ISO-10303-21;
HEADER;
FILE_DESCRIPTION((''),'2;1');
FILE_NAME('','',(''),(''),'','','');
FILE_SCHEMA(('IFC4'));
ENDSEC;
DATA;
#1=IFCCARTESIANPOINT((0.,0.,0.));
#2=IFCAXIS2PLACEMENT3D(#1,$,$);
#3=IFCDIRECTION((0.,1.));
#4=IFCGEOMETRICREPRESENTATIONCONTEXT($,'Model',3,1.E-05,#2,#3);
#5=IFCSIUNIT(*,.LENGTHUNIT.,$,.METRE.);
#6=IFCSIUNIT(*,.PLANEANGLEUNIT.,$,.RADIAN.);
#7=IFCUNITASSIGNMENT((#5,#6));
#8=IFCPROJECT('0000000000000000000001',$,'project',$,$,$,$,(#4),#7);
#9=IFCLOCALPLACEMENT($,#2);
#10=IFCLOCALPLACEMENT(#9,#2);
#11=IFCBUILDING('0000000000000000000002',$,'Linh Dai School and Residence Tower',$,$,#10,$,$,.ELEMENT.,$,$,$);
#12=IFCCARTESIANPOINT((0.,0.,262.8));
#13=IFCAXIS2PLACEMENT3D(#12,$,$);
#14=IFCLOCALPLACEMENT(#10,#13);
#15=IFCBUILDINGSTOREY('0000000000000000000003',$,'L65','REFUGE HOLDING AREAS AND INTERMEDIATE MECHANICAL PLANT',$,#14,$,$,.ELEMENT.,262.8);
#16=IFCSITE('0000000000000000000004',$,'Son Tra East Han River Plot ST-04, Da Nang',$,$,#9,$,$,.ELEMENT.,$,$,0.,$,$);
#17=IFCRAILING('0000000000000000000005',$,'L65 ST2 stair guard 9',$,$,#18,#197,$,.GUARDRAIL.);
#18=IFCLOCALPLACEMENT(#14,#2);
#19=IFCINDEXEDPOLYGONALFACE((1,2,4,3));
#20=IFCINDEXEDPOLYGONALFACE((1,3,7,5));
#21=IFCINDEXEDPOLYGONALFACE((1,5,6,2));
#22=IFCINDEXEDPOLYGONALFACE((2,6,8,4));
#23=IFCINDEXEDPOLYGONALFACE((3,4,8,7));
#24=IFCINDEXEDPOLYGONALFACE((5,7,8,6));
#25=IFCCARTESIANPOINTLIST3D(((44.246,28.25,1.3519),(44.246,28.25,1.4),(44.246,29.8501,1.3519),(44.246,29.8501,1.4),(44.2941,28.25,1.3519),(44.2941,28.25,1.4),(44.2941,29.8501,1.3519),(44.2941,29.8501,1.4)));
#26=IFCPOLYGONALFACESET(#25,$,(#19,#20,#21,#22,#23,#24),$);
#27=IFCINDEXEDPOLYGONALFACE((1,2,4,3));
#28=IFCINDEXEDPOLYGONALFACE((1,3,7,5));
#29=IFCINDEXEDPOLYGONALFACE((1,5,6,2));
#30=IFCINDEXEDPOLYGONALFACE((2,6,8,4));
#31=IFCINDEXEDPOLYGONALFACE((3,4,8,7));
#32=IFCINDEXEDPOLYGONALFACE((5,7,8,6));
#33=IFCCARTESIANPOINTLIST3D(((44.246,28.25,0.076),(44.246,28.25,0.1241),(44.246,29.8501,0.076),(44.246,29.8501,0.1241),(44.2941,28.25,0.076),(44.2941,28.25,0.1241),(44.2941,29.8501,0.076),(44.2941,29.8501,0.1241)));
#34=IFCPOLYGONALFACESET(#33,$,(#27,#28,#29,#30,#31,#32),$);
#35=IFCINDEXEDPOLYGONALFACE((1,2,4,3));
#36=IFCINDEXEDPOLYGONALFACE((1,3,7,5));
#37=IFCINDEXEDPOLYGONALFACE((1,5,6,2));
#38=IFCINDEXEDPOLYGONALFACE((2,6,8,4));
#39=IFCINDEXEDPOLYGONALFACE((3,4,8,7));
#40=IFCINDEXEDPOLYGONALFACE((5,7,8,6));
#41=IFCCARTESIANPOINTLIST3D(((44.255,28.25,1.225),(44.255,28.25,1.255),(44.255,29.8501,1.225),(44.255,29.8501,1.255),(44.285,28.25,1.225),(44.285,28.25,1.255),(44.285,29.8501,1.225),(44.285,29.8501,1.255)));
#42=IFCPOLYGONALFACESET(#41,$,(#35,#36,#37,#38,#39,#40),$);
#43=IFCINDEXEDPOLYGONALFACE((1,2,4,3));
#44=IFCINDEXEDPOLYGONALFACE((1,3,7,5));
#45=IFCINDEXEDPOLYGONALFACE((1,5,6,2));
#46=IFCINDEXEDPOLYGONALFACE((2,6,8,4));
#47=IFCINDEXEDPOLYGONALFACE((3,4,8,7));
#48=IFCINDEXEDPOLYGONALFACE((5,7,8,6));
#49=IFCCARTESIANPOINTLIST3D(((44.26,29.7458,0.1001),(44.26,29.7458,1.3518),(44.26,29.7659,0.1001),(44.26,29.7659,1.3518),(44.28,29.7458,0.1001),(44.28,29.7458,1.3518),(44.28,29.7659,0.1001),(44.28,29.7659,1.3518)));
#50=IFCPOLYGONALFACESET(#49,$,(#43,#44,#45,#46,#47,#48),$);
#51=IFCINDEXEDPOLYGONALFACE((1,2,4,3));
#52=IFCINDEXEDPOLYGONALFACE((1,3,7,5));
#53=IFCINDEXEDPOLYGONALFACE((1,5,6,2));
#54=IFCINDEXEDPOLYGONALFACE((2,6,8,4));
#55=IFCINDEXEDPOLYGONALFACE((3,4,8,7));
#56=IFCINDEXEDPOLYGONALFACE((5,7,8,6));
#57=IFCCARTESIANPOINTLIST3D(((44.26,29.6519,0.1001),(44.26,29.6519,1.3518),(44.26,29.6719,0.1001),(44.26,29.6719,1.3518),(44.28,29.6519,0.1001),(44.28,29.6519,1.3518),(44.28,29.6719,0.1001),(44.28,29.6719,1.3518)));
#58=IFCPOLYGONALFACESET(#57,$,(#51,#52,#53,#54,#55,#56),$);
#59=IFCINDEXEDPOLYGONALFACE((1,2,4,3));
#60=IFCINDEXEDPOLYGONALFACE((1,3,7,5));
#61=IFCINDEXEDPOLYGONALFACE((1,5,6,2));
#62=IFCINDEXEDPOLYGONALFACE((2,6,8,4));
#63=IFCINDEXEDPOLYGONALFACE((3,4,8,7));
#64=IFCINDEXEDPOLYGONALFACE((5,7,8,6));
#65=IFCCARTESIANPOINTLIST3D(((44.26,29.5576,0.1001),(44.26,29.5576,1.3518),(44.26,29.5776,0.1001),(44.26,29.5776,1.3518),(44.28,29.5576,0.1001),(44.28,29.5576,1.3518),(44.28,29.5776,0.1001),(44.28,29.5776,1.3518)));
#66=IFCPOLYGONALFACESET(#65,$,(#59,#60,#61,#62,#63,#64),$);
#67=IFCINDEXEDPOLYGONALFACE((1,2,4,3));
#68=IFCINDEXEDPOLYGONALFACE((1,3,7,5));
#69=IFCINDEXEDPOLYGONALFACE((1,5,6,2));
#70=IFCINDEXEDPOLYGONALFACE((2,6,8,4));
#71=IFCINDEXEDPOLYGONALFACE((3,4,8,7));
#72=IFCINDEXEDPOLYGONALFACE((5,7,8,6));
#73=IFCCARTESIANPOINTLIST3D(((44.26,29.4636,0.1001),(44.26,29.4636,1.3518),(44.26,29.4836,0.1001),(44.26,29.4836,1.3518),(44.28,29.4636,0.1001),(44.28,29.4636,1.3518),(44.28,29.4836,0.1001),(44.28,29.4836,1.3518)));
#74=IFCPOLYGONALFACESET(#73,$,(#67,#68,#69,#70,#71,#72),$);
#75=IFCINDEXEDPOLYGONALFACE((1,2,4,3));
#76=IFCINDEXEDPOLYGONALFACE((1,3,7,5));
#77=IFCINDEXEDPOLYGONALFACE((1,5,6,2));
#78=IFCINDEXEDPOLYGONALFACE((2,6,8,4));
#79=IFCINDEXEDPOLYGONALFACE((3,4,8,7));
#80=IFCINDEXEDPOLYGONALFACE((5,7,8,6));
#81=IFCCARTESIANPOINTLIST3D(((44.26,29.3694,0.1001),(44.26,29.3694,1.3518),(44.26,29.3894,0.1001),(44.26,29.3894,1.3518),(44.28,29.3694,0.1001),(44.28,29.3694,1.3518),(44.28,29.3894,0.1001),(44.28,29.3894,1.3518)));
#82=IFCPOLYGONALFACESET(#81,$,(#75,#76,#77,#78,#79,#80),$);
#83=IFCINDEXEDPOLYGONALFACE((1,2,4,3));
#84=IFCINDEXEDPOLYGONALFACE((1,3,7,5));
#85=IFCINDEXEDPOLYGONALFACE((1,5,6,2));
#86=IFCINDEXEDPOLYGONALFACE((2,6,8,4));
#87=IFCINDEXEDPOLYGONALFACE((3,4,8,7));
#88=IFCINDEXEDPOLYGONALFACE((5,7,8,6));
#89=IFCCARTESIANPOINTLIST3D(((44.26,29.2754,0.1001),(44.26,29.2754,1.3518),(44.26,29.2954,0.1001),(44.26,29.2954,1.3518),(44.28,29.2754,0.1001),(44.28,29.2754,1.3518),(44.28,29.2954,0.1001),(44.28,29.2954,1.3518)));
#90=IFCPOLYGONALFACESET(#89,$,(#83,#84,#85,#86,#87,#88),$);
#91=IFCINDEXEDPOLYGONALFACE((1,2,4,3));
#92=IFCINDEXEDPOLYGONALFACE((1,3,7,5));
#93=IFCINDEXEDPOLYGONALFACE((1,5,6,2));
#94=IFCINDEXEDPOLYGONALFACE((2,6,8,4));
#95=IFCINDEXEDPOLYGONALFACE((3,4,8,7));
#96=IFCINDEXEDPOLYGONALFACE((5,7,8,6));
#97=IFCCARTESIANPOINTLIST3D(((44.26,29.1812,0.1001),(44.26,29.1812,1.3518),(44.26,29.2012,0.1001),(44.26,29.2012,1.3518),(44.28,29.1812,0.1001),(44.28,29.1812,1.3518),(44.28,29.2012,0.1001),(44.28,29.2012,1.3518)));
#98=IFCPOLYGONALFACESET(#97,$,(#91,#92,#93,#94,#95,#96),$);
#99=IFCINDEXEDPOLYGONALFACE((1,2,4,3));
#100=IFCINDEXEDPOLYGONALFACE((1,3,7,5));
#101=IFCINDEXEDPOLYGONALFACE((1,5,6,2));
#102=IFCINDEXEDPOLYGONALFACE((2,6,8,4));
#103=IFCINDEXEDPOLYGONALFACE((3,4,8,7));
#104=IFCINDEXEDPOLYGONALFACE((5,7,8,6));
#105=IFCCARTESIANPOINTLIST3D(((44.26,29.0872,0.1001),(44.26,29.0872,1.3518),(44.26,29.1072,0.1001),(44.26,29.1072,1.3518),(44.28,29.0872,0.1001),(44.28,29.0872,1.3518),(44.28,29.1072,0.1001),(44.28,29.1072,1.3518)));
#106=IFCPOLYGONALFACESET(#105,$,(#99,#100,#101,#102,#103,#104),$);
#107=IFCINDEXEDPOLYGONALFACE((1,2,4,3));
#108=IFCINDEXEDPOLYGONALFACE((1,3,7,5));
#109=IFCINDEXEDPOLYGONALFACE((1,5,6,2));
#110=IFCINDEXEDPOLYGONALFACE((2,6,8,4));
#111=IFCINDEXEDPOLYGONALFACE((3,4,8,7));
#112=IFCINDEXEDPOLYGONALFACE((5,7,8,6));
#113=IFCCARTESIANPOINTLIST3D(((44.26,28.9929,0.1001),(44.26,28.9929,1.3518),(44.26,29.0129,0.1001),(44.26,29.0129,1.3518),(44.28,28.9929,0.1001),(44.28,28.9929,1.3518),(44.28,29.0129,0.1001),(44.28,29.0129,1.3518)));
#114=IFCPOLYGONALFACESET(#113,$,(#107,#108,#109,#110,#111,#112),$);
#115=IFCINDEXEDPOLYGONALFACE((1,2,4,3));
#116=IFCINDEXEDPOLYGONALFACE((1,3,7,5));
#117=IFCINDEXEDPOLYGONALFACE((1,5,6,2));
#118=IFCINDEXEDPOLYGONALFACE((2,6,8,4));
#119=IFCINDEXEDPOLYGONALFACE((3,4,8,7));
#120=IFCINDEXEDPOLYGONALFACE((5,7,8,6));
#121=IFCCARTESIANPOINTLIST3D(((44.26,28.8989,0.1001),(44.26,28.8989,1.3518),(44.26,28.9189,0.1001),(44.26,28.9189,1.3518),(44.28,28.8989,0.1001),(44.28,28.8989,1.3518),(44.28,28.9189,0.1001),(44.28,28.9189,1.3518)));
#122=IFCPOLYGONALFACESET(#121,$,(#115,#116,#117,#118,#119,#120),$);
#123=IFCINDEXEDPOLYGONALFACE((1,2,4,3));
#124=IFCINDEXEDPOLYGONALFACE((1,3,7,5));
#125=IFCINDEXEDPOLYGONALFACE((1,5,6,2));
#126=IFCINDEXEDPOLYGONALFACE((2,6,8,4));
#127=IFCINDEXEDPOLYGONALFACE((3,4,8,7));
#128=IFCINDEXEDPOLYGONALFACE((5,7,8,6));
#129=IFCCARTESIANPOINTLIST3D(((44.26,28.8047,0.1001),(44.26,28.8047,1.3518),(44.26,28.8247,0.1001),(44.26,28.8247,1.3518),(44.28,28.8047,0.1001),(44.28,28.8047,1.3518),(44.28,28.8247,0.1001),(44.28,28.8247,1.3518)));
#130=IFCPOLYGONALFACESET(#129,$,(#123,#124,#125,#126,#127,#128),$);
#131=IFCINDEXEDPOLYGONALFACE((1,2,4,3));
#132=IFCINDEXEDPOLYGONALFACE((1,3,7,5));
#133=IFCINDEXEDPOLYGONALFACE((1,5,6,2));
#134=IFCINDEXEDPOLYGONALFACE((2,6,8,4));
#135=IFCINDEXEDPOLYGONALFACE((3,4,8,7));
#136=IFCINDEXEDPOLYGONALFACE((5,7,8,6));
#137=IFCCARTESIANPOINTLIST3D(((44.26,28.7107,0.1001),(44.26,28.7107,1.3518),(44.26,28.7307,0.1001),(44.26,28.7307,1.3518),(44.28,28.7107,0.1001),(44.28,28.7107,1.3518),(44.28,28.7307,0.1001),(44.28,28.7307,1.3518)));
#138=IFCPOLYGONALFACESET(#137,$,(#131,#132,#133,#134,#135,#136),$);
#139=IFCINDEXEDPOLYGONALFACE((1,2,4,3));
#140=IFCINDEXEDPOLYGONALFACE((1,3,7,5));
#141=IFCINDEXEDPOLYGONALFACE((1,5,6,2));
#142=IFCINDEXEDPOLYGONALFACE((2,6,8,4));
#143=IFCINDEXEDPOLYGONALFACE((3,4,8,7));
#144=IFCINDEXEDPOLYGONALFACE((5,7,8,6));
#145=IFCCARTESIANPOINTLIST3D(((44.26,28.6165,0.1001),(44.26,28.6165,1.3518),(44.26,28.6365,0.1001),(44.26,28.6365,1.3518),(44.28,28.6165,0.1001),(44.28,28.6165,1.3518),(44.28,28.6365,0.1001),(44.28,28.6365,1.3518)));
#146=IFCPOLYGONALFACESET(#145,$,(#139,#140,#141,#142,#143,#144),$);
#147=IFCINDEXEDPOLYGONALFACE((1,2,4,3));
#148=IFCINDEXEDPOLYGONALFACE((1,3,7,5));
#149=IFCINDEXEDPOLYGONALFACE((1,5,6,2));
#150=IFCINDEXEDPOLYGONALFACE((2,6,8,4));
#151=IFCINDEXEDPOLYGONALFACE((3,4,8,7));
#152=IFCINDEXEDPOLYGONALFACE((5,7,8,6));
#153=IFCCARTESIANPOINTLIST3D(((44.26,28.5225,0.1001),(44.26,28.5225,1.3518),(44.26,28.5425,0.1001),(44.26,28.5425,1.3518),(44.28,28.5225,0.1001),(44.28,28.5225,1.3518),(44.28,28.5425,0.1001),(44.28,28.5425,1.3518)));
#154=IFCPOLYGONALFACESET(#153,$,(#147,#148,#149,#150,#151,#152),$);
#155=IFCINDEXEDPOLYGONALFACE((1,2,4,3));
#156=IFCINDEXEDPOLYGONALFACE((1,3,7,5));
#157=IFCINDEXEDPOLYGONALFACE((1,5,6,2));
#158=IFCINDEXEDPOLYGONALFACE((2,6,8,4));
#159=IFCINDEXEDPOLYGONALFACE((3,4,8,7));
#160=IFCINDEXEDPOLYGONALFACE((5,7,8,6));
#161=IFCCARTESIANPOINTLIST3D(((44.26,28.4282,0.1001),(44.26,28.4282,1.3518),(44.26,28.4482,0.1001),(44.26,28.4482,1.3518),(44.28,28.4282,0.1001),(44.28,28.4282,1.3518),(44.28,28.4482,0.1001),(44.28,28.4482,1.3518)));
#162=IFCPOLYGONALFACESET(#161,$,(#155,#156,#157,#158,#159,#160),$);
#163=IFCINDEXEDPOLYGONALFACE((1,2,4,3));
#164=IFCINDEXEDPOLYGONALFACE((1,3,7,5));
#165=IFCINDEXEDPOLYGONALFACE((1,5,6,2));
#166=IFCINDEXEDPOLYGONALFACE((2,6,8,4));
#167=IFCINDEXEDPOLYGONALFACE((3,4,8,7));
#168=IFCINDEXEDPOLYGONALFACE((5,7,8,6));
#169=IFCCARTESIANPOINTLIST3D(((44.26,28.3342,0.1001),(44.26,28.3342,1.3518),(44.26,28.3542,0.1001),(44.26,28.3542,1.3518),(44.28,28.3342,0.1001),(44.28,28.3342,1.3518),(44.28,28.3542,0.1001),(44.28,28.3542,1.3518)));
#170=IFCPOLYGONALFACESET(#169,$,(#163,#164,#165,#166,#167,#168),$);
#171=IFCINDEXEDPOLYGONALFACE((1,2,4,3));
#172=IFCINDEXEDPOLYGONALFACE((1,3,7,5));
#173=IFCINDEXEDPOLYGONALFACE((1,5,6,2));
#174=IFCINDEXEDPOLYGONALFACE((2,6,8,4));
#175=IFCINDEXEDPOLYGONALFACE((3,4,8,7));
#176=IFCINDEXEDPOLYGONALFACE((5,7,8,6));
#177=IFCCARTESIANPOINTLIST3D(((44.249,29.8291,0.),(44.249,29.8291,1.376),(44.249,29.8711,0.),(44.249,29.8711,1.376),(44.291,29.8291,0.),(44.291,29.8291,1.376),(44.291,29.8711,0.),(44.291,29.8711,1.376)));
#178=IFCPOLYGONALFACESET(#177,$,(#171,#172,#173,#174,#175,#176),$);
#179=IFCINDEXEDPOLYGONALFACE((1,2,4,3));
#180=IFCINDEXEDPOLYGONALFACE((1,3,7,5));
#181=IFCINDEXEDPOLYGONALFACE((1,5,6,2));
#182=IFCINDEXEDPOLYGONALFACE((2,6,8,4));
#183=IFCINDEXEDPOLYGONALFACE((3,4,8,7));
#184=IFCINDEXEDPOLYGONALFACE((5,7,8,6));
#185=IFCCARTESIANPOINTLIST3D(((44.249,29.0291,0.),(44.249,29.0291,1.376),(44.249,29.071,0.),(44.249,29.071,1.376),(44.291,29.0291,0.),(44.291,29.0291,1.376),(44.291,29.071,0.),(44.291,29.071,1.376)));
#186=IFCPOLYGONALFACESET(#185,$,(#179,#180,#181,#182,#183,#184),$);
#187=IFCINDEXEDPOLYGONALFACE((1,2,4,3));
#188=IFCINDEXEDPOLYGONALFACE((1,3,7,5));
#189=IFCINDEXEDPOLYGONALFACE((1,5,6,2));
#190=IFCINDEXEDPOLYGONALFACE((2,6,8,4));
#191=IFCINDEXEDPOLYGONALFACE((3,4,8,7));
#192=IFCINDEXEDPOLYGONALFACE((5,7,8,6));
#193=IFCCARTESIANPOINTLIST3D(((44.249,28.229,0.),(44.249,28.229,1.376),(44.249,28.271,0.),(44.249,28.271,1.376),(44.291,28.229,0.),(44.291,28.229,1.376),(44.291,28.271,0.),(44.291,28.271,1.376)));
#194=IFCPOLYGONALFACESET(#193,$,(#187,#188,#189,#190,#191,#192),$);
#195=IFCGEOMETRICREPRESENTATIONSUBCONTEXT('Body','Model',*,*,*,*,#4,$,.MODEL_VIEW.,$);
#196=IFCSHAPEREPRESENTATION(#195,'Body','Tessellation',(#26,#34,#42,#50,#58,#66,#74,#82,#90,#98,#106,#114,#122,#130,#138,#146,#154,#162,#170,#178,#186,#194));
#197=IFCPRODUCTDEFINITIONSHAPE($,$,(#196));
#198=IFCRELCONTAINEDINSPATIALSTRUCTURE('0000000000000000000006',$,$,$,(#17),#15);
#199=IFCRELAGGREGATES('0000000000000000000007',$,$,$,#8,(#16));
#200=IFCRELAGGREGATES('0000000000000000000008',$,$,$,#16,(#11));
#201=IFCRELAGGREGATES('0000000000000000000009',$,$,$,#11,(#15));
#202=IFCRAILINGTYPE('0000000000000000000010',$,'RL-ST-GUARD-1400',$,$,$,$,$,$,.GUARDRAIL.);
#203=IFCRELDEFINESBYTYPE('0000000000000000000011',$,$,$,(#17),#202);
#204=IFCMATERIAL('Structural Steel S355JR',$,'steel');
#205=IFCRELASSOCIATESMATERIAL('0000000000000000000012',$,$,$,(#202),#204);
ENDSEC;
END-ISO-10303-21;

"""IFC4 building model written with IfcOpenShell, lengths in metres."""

from ifc_helpers import new_model, si_unit, direction, frame, origin, origin_2d, place, context, subcontext, project, spatial, rectangle, extrude, source, transform, mapped, material, type_object, element, save


model = new_model("IFC4")

# Units and contexts
model_context = context("Model", 3, precision=1e-05, world=origin(), true_north=direction((0.0, 1.0)))
body_context = subcontext(model_context, "Body", "Model", "MODEL_VIEW")
ifc_project = project(units=[si_unit("LENGTHUNIT", "METRE"), si_unit("PLANEANGLEUNIT", "RADIAN")], contexts=[model_context])

# Site, building, storey
site_placement = place(None, origin())
site = spatial("IfcSite", under=ifc_project, at=site_placement, Name="Son Tra East Han River Plot ST-04, Da Nang", CompositionType="ELEMENT", RefElevation=0.0)
building_placement = place(site_placement, origin())
building = spatial("IfcBuilding", under=site, at=building_placement, Name="Linh Dai School and Residence Tower", CompositionType="ELEMENT")
storey_placement = place(building_placement, frame((0.0, 0.0, 262.8)))
storey = spatial("IfcBuildingStorey", under=building, at=storey_placement, Name="L65", Description="REFUGE HOLDING AREAS AND INTERMEDIATE MECHANICAL PLANT", CompositionType="ELEMENT", Elevation=262.8)

# Shared definitions
ifc_material_1 = material(Name="Structural Steel S355JR", Category="steel")

# Railing
railing_type_1 = type_object("IfcRailingType", Name="RL-ST-GUARD-1400", PredefinedType="GUARDRAIL", material=ifc_material_1)
shared_shape_1 = source(origin(), body_context, "Body", "SweptSolid", [
    extrude(rectangle(XDim=0.0481, YDim=0.0481, at=origin_2d()), frame((0.0, 0.0, 1.376), z_axis=(0.0, -1.0, 0.0), x_axis=(1.0, 0.0, 0.0)), (0.0, 0.0, 1.0), 1.6001),
    extrude(rectangle(XDim=0.0481, YDim=0.0481, at=origin_2d()), frame((0.0, 0.0, 0.1001), z_axis=(0.0, -1.0, 0.0), x_axis=(1.0, 0.0, 0.0)), (0.0, 0.0, 1.0), 1.6001),
    extrude(rectangle(XDim=0.03, YDim=0.03, at=origin_2d()), frame((0.0, 0.0, 1.24), z_axis=(0.0, -1.0, 0.0), x_axis=(1.0, 0.0, 0.0)), (0.0, 0.0, 1.0), 1.6001),
    extrude(rectangle(XDim=0.02, YDim=0.02, at=origin_2d()), frame((0.0, -0.0942, 0.1001)), (0.0, 0.0, 1.0), 1.2517),
    extrude(rectangle(XDim=0.02, YDim=0.02, at=origin_2d()), frame((0.0, -0.1882, 0.1001)), (0.0, 0.0, 1.0), 1.2517),
    extrude(rectangle(XDim=0.02, YDim=0.02, at=origin_2d()), frame((0.0, -0.2825, 0.1001)), (0.0, 0.0, 1.0), 1.2517),
    extrude(rectangle(XDim=0.02, YDim=0.02, at=origin_2d()), frame((0.0, -0.3765, 0.1001)), (0.0, 0.0, 1.0), 1.2517),
    extrude(rectangle(XDim=0.02, YDim=0.02, at=origin_2d()), frame((0.0, -0.4707, 0.1001)), (0.0, 0.0, 1.0), 1.2517),
    extrude(rectangle(XDim=0.02, YDim=0.02, at=origin_2d()), frame((0.0, -0.5647, 0.1001)), (0.0, 0.0, 1.0), 1.2517),
    extrude(rectangle(XDim=0.02, YDim=0.02, at=origin_2d()), frame((0.0, -0.6589, 0.1001)), (0.0, 0.0, 1.0), 1.2517),
    extrude(rectangle(XDim=0.02, YDim=0.02, at=origin_2d()), frame((0.0, -0.7529, 0.1001)), (0.0, 0.0, 1.0), 1.2517),
    extrude(rectangle(XDim=0.02, YDim=0.02, at=origin_2d()), frame((0.0, -0.8472, 0.1001)), (0.0, 0.0, 1.0), 1.2517),
    extrude(rectangle(XDim=0.02, YDim=0.02, at=origin_2d()), frame((0.0, -0.9412, 0.1001)), (0.0, 0.0, 1.0), 1.2517),
    extrude(rectangle(XDim=0.02, YDim=0.02, at=origin_2d()), frame((0.0, -1.0354, 0.1001)), (0.0, 0.0, 1.0), 1.2517),
    extrude(rectangle(XDim=0.02, YDim=0.02, at=origin_2d()), frame((0.0, -1.1294, 0.1001)), (0.0, 0.0, 1.0), 1.2517),
    extrude(rectangle(XDim=0.02, YDim=0.02, at=origin_2d()), frame((0.0, -1.2236, 0.1001)), (0.0, 0.0, 1.0), 1.2517),
    extrude(rectangle(XDim=0.02, YDim=0.02, at=origin_2d()), frame((0.0, -1.3176, 0.1001)), (0.0, 0.0, 1.0), 1.2517),
    extrude(rectangle(XDim=0.02, YDim=0.02, at=origin_2d()), frame((0.0, -1.4119, 0.1001)), (0.0, 0.0, 1.0), 1.2517),
    extrude(rectangle(XDim=0.02, YDim=0.02, at=origin_2d()), frame((0.0, -1.5059, 0.1001)), (0.0, 0.0, 1.0), 1.2517),
    extrude(rectangle(XDim=0.042, YDim=0.042, at=origin_2d()), origin(), (0.0, 0.0, 1.0), 1.376),
    extrude(rectangle(XDim=0.042, YDim=0.042, at=origin_2d()), frame((0.0, -0.8, 0.0)), (0.0, 0.0, 1.0), 1.376),
    extrude(rectangle(XDim=0.042, YDim=0.042, at=origin_2d()), frame((0.0, -1.6001, 0.0)), (0.0, 0.0, 1.0), 1.376),
])
for number, where, name in (
    (1, (44.27, 29.8501, 0.0), "L65 ST2 stair guard 9"),
):
    element("IfcRailing", number, at=place(storey_placement, frame(where)), inside=storey, type_object=railing_type_1, Name=name, PredefinedType="GUARDRAIL", context=body_context, shape_type="MappedRepresentation", body=[
        mapped(shared_shape_1, transform((0.0, 0.0, 0.0), x_axis=(1.0, 0.0, 0.0), y_axis=(0.0, 1.0, 0.0), z_axis=(0.0, 0.0, 1.0), scale=1.0)),
    ])

save(model, "model.ifc")
